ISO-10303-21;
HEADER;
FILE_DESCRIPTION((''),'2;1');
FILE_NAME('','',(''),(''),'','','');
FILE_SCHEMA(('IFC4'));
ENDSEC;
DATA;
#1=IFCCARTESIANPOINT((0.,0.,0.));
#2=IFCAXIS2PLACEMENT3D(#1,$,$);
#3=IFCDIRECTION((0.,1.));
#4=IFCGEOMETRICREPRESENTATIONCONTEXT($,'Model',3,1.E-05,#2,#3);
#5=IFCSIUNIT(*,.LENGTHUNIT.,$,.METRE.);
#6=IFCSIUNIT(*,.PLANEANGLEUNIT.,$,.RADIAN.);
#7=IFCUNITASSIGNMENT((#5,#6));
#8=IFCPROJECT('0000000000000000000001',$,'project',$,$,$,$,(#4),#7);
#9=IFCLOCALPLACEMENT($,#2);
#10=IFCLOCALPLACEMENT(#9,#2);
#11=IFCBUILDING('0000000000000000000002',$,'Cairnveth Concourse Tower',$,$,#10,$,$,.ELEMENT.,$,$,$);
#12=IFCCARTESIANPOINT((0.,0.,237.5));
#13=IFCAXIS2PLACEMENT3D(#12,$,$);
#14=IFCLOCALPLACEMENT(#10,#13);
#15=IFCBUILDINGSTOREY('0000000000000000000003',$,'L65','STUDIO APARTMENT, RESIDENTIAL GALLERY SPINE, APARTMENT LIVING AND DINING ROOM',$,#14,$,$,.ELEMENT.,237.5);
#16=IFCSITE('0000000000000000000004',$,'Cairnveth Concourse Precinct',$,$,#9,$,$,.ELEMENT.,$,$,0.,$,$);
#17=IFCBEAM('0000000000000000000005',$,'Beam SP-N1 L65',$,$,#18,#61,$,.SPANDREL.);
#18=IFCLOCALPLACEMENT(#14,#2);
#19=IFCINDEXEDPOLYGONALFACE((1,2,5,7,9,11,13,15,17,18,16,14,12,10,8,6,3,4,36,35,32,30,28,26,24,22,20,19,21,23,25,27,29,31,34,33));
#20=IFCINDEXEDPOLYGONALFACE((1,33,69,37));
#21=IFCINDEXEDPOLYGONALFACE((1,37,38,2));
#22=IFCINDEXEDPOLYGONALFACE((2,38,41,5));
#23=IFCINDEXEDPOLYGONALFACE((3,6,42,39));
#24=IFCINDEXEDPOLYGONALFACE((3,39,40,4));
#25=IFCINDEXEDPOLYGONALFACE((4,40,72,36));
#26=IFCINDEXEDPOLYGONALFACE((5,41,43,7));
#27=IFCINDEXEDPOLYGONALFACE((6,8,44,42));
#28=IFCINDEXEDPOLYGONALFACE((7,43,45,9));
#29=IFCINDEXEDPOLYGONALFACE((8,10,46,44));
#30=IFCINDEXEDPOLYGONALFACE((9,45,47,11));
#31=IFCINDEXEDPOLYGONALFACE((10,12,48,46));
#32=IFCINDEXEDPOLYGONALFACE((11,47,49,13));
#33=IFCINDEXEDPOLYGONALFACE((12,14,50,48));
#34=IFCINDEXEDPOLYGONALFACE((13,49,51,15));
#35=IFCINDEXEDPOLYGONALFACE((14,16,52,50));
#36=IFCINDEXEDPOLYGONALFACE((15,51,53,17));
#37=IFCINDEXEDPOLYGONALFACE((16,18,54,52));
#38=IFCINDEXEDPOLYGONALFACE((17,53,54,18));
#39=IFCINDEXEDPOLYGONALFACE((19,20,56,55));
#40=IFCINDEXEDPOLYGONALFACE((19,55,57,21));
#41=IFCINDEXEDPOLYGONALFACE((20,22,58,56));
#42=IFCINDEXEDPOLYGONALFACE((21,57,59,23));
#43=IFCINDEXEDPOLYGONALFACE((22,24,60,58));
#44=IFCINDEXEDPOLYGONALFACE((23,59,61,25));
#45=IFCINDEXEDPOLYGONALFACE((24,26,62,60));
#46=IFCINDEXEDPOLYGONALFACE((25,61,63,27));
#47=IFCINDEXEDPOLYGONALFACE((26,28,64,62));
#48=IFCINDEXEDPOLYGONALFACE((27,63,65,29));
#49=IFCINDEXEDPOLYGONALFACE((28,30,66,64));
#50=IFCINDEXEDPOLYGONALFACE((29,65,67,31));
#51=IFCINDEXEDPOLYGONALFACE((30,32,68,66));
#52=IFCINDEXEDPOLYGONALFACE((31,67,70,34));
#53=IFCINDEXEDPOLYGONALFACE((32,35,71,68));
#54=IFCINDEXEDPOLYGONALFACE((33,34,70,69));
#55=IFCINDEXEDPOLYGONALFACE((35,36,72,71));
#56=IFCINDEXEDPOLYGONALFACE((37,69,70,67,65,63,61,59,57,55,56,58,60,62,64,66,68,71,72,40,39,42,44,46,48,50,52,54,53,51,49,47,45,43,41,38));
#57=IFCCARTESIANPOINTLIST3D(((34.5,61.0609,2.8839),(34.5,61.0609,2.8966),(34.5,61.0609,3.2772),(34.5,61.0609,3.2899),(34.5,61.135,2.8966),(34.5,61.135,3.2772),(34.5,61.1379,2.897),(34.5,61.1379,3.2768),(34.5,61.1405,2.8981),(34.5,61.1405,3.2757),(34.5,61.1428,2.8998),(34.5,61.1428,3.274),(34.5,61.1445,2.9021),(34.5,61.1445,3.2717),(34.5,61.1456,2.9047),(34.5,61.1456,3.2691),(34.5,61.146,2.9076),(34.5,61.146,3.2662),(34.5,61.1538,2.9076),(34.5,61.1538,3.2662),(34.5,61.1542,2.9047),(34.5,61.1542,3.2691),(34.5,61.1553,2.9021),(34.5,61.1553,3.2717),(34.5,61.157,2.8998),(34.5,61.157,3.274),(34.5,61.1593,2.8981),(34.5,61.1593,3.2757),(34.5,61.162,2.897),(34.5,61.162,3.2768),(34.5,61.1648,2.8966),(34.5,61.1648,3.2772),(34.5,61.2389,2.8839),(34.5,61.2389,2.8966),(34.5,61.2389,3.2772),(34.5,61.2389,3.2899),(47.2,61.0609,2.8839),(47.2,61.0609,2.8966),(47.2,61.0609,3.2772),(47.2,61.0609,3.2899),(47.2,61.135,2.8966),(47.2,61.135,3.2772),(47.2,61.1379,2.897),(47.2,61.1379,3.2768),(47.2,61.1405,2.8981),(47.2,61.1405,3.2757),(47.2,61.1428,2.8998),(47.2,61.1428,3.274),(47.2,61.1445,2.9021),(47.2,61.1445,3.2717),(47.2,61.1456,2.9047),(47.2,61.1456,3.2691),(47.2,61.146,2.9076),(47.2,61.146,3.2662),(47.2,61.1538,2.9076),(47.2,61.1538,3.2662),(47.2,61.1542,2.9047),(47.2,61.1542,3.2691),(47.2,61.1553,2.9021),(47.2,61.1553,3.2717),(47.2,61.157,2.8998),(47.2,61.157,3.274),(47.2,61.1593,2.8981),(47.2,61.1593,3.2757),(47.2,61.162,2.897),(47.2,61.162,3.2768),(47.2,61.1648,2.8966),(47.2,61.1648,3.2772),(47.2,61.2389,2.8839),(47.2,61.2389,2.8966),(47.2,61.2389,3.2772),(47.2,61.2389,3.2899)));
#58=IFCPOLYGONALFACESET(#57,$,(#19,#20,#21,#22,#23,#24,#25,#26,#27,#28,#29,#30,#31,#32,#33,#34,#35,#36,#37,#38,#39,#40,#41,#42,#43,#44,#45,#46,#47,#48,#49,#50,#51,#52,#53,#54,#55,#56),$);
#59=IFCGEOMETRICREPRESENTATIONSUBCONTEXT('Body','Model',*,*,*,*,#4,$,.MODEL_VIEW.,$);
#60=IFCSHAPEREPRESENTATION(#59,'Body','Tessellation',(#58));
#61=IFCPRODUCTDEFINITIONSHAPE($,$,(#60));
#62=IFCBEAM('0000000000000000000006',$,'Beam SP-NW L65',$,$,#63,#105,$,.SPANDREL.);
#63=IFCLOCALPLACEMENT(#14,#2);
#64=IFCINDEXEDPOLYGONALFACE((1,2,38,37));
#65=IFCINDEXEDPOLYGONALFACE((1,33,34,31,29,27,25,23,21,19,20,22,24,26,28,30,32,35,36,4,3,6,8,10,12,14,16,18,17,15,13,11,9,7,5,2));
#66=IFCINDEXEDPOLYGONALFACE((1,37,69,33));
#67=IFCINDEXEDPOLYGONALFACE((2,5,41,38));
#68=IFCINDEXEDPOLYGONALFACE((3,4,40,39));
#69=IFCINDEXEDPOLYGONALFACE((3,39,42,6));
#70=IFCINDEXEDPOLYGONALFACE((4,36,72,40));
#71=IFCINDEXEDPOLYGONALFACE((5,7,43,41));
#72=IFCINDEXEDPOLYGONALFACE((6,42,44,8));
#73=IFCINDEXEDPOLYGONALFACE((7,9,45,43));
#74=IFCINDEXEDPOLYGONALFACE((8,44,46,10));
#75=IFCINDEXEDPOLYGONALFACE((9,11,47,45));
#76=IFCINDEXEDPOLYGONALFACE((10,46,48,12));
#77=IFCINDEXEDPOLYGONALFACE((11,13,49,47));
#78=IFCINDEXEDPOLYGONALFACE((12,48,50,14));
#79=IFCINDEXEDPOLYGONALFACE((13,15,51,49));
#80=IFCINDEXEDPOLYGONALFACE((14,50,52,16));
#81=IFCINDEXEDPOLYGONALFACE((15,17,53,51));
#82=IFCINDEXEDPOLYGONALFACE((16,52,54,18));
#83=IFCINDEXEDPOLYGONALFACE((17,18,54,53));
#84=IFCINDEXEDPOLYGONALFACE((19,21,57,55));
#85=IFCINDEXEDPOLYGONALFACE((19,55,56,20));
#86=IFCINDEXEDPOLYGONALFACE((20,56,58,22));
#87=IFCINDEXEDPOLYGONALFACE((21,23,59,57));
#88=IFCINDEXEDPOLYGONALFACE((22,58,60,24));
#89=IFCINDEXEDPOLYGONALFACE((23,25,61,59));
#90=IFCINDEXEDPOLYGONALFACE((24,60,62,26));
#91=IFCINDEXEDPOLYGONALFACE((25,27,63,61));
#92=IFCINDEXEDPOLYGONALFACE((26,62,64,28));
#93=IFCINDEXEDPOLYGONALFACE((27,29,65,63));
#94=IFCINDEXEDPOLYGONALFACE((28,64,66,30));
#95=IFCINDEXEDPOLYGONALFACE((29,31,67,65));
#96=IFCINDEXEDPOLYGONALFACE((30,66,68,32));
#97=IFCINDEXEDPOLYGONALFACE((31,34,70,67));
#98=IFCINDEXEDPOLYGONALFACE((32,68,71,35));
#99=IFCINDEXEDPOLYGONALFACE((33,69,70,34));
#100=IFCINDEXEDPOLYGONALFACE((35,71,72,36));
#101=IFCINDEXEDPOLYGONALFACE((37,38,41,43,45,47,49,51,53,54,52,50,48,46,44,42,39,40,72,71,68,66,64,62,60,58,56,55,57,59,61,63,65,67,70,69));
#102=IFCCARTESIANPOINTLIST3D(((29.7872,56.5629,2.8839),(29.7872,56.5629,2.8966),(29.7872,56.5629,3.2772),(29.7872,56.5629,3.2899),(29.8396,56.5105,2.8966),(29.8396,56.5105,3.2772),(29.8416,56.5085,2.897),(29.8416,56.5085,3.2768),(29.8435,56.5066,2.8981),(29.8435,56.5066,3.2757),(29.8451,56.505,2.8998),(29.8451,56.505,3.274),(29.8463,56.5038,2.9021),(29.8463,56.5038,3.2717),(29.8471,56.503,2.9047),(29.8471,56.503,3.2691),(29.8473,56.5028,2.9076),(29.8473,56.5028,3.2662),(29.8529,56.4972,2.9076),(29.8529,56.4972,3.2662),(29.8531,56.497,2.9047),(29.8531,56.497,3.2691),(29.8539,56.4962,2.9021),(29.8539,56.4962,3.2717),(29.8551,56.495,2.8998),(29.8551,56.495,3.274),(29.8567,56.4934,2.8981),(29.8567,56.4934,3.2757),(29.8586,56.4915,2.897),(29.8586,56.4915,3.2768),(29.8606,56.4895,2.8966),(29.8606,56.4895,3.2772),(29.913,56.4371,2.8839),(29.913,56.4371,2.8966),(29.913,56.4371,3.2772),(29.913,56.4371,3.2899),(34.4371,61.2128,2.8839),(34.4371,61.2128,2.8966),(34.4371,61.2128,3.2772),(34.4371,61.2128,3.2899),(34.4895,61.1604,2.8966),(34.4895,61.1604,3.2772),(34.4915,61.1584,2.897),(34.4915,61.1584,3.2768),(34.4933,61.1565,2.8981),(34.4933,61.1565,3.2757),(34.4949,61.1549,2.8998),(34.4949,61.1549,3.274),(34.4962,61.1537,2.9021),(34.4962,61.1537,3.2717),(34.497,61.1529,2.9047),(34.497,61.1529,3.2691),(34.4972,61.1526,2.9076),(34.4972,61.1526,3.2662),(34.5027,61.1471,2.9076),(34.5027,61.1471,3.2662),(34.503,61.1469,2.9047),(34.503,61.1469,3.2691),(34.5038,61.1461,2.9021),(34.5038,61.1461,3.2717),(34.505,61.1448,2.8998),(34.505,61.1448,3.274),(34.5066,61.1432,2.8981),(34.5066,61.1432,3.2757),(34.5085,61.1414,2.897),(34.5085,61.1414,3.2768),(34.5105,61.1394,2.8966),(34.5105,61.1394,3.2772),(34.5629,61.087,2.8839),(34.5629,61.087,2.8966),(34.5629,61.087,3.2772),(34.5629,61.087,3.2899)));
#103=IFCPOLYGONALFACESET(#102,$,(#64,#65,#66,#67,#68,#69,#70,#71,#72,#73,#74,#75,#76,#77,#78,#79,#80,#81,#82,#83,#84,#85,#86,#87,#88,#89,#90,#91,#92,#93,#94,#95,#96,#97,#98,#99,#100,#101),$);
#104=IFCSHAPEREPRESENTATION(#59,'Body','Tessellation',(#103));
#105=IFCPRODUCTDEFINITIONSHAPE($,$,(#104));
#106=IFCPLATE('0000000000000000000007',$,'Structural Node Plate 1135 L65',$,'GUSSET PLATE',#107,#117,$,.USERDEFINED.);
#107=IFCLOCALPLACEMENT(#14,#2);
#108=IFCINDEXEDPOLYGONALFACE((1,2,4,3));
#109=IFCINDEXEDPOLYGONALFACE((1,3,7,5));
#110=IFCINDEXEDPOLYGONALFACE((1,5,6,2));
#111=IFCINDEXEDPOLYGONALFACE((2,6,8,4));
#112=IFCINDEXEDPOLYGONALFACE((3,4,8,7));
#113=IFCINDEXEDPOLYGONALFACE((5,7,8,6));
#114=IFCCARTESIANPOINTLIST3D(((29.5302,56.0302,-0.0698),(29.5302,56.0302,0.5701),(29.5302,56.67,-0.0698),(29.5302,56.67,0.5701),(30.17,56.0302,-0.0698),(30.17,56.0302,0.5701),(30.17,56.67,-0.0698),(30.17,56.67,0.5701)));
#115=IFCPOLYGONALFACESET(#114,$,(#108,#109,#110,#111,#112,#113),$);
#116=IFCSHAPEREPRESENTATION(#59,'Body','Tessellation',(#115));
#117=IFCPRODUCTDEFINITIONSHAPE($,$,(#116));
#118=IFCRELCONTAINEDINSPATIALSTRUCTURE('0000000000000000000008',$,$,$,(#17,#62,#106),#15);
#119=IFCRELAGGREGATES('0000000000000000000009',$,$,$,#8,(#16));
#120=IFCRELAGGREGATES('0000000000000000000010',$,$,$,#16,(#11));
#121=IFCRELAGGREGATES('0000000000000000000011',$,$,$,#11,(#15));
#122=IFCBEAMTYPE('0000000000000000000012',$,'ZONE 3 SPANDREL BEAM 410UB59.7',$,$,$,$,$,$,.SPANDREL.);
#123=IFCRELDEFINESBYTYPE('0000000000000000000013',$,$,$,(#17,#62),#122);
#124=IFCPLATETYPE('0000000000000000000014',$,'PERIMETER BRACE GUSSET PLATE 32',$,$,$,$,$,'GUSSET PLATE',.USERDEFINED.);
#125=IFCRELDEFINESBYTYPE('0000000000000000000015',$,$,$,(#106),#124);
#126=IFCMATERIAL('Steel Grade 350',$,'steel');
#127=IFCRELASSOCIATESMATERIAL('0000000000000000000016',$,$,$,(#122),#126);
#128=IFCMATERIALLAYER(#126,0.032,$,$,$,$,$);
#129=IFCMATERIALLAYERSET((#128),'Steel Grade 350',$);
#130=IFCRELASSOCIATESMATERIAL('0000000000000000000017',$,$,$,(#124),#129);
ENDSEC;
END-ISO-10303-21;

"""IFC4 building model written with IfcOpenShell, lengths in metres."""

from ifc_helpers import new_model, si_unit, direction, frame, origin, origin_2d, place, context, subcontext, project, spatial, rectangle, i_section, extrude, material, layer, layer_set, material_profile, profile_set, type_object, element, save


model = new_model("IFC4")

# Units and contexts
model_context = context("Model", 3, precision=1e-05, world=origin(), true_north=direction((0.0, 1.0)))
body_context = subcontext(model_context, "Body", "Model", "MODEL_VIEW")
ifc_project = project(units=[si_unit("LENGTHUNIT", "METRE"), si_unit("PLANEANGLEUNIT", "RADIAN")], contexts=[model_context])

# Site, building, storey
site_placement = place(None, origin())
site = spatial("IfcSite", under=ifc_project, at=site_placement, Name="Cairnveth Concourse Precinct", CompositionType="ELEMENT", RefElevation=0.0)
building_placement = place(site_placement, origin())
building = spatial("IfcBuilding", under=site, at=building_placement, Name="Cairnveth Concourse Tower", CompositionType="ELEMENT")
storey_placement = place(building_placement, frame((0.0, 0.0, 237.5)))
storey = spatial("IfcBuildingStorey", under=building, at=storey_placement, Name="L65", Description="STUDIO APARTMENT, RESIDENTIAL GALLERY SPINE, APARTMENT LIVING AND DINING ROOM", CompositionType="ELEMENT", Elevation=237.5)

# Shared definitions
ifc_material_1 = material(Name="Steel Grade 350", Category="steel")

# Beams
ifc_material_profile_1 = material_profile(ifc_material_1, i_section(OverallWidth=0.178, OverallDepth=0.406, WebThickness=0.0078, FlangeThickness=0.0127, FilletRadius=0.011, at=origin_2d()), Name="410UB59.7")
ifc_profile_set_1 = profile_set([ifc_material_profile_1], Name="Steel Grade 350")
beam_type_1 = type_object("IfcBeamType", Name="ZONE 3 SPANDREL BEAM 410UB59.7", PredefinedType="SPANDREL", material=ifc_profile_set_1)
beam_1_placement = place(storey_placement, frame((34.5, 61.1499, 3.0869), z_axis=(1.0, 0.0, 0.0), x_axis=(0.0, 1.0, 0.0)))
element("IfcBeam", 1, at=beam_1_placement, inside=storey, type_object=beam_type_1, Name="Beam SP-N1 L65", PredefinedType="SPANDREL", context=body_context, shape_type="SweptSolid", body=[
    extrude(i_section(OverallWidth=0.178, OverallDepth=0.406, WebThickness=0.0078, FlangeThickness=0.0127, FilletRadius=0.011, at=origin_2d()), origin(), (0.0, 0.0, 1.0), 12.7),
])
beam_2_placement = place(storey_placement, frame((29.8501, 56.5, 3.0869), z_axis=(0.707107, 0.707107, 0.0), x_axis=(-0.707107, 0.707107, 0.0)))
element("IfcBeam", 2, at=beam_2_placement, inside=storey, type_object=beam_type_1, Name="Beam SP-NW L65", PredefinedType="SPANDREL", context=body_context, shape_type="SweptSolid", body=[
    extrude(i_section(OverallWidth=0.178, OverallDepth=0.406, WebThickness=0.0078, FlangeThickness=0.0127, FilletRadius=0.011, at=origin_2d()), origin(), (0.0, 0.0, 1.0), 6.5759),
])

# Plate
ifc_layer_1 = layer(ifc_material_1, 0.032)
ifc_layer_set_1 = layer_set([ifc_layer_1], Name="Steel Grade 350")
plate_type = type_object("IfcPlateType", Name="PERIMETER BRACE GUSSET PLATE 32", ElementType="GUSSET PLATE", PredefinedType="USERDEFINED", material=ifc_layer_set_1)
plate_placement = place(storey_placement, frame((29.8501, 56.3501, -0.0698), z_axis=(0.0, 0.0, 1.0), x_axis=(1.0, 0.0, 0.0)))
element("IfcPlate", 3, at=plate_placement, inside=storey, type_object=plate_type, Name="Structural Node Plate 1135 L65", ObjectType="GUSSET PLATE", PredefinedType="USERDEFINED", context=body_context, shape_type="SweptSolid", body=[
    extrude(rectangle(XDim=0.6399, YDim=0.6399, at=origin_2d()), origin(), (0.0, 0.0, 1.0), 0.6399),
])

save(model, "model.ifc")
